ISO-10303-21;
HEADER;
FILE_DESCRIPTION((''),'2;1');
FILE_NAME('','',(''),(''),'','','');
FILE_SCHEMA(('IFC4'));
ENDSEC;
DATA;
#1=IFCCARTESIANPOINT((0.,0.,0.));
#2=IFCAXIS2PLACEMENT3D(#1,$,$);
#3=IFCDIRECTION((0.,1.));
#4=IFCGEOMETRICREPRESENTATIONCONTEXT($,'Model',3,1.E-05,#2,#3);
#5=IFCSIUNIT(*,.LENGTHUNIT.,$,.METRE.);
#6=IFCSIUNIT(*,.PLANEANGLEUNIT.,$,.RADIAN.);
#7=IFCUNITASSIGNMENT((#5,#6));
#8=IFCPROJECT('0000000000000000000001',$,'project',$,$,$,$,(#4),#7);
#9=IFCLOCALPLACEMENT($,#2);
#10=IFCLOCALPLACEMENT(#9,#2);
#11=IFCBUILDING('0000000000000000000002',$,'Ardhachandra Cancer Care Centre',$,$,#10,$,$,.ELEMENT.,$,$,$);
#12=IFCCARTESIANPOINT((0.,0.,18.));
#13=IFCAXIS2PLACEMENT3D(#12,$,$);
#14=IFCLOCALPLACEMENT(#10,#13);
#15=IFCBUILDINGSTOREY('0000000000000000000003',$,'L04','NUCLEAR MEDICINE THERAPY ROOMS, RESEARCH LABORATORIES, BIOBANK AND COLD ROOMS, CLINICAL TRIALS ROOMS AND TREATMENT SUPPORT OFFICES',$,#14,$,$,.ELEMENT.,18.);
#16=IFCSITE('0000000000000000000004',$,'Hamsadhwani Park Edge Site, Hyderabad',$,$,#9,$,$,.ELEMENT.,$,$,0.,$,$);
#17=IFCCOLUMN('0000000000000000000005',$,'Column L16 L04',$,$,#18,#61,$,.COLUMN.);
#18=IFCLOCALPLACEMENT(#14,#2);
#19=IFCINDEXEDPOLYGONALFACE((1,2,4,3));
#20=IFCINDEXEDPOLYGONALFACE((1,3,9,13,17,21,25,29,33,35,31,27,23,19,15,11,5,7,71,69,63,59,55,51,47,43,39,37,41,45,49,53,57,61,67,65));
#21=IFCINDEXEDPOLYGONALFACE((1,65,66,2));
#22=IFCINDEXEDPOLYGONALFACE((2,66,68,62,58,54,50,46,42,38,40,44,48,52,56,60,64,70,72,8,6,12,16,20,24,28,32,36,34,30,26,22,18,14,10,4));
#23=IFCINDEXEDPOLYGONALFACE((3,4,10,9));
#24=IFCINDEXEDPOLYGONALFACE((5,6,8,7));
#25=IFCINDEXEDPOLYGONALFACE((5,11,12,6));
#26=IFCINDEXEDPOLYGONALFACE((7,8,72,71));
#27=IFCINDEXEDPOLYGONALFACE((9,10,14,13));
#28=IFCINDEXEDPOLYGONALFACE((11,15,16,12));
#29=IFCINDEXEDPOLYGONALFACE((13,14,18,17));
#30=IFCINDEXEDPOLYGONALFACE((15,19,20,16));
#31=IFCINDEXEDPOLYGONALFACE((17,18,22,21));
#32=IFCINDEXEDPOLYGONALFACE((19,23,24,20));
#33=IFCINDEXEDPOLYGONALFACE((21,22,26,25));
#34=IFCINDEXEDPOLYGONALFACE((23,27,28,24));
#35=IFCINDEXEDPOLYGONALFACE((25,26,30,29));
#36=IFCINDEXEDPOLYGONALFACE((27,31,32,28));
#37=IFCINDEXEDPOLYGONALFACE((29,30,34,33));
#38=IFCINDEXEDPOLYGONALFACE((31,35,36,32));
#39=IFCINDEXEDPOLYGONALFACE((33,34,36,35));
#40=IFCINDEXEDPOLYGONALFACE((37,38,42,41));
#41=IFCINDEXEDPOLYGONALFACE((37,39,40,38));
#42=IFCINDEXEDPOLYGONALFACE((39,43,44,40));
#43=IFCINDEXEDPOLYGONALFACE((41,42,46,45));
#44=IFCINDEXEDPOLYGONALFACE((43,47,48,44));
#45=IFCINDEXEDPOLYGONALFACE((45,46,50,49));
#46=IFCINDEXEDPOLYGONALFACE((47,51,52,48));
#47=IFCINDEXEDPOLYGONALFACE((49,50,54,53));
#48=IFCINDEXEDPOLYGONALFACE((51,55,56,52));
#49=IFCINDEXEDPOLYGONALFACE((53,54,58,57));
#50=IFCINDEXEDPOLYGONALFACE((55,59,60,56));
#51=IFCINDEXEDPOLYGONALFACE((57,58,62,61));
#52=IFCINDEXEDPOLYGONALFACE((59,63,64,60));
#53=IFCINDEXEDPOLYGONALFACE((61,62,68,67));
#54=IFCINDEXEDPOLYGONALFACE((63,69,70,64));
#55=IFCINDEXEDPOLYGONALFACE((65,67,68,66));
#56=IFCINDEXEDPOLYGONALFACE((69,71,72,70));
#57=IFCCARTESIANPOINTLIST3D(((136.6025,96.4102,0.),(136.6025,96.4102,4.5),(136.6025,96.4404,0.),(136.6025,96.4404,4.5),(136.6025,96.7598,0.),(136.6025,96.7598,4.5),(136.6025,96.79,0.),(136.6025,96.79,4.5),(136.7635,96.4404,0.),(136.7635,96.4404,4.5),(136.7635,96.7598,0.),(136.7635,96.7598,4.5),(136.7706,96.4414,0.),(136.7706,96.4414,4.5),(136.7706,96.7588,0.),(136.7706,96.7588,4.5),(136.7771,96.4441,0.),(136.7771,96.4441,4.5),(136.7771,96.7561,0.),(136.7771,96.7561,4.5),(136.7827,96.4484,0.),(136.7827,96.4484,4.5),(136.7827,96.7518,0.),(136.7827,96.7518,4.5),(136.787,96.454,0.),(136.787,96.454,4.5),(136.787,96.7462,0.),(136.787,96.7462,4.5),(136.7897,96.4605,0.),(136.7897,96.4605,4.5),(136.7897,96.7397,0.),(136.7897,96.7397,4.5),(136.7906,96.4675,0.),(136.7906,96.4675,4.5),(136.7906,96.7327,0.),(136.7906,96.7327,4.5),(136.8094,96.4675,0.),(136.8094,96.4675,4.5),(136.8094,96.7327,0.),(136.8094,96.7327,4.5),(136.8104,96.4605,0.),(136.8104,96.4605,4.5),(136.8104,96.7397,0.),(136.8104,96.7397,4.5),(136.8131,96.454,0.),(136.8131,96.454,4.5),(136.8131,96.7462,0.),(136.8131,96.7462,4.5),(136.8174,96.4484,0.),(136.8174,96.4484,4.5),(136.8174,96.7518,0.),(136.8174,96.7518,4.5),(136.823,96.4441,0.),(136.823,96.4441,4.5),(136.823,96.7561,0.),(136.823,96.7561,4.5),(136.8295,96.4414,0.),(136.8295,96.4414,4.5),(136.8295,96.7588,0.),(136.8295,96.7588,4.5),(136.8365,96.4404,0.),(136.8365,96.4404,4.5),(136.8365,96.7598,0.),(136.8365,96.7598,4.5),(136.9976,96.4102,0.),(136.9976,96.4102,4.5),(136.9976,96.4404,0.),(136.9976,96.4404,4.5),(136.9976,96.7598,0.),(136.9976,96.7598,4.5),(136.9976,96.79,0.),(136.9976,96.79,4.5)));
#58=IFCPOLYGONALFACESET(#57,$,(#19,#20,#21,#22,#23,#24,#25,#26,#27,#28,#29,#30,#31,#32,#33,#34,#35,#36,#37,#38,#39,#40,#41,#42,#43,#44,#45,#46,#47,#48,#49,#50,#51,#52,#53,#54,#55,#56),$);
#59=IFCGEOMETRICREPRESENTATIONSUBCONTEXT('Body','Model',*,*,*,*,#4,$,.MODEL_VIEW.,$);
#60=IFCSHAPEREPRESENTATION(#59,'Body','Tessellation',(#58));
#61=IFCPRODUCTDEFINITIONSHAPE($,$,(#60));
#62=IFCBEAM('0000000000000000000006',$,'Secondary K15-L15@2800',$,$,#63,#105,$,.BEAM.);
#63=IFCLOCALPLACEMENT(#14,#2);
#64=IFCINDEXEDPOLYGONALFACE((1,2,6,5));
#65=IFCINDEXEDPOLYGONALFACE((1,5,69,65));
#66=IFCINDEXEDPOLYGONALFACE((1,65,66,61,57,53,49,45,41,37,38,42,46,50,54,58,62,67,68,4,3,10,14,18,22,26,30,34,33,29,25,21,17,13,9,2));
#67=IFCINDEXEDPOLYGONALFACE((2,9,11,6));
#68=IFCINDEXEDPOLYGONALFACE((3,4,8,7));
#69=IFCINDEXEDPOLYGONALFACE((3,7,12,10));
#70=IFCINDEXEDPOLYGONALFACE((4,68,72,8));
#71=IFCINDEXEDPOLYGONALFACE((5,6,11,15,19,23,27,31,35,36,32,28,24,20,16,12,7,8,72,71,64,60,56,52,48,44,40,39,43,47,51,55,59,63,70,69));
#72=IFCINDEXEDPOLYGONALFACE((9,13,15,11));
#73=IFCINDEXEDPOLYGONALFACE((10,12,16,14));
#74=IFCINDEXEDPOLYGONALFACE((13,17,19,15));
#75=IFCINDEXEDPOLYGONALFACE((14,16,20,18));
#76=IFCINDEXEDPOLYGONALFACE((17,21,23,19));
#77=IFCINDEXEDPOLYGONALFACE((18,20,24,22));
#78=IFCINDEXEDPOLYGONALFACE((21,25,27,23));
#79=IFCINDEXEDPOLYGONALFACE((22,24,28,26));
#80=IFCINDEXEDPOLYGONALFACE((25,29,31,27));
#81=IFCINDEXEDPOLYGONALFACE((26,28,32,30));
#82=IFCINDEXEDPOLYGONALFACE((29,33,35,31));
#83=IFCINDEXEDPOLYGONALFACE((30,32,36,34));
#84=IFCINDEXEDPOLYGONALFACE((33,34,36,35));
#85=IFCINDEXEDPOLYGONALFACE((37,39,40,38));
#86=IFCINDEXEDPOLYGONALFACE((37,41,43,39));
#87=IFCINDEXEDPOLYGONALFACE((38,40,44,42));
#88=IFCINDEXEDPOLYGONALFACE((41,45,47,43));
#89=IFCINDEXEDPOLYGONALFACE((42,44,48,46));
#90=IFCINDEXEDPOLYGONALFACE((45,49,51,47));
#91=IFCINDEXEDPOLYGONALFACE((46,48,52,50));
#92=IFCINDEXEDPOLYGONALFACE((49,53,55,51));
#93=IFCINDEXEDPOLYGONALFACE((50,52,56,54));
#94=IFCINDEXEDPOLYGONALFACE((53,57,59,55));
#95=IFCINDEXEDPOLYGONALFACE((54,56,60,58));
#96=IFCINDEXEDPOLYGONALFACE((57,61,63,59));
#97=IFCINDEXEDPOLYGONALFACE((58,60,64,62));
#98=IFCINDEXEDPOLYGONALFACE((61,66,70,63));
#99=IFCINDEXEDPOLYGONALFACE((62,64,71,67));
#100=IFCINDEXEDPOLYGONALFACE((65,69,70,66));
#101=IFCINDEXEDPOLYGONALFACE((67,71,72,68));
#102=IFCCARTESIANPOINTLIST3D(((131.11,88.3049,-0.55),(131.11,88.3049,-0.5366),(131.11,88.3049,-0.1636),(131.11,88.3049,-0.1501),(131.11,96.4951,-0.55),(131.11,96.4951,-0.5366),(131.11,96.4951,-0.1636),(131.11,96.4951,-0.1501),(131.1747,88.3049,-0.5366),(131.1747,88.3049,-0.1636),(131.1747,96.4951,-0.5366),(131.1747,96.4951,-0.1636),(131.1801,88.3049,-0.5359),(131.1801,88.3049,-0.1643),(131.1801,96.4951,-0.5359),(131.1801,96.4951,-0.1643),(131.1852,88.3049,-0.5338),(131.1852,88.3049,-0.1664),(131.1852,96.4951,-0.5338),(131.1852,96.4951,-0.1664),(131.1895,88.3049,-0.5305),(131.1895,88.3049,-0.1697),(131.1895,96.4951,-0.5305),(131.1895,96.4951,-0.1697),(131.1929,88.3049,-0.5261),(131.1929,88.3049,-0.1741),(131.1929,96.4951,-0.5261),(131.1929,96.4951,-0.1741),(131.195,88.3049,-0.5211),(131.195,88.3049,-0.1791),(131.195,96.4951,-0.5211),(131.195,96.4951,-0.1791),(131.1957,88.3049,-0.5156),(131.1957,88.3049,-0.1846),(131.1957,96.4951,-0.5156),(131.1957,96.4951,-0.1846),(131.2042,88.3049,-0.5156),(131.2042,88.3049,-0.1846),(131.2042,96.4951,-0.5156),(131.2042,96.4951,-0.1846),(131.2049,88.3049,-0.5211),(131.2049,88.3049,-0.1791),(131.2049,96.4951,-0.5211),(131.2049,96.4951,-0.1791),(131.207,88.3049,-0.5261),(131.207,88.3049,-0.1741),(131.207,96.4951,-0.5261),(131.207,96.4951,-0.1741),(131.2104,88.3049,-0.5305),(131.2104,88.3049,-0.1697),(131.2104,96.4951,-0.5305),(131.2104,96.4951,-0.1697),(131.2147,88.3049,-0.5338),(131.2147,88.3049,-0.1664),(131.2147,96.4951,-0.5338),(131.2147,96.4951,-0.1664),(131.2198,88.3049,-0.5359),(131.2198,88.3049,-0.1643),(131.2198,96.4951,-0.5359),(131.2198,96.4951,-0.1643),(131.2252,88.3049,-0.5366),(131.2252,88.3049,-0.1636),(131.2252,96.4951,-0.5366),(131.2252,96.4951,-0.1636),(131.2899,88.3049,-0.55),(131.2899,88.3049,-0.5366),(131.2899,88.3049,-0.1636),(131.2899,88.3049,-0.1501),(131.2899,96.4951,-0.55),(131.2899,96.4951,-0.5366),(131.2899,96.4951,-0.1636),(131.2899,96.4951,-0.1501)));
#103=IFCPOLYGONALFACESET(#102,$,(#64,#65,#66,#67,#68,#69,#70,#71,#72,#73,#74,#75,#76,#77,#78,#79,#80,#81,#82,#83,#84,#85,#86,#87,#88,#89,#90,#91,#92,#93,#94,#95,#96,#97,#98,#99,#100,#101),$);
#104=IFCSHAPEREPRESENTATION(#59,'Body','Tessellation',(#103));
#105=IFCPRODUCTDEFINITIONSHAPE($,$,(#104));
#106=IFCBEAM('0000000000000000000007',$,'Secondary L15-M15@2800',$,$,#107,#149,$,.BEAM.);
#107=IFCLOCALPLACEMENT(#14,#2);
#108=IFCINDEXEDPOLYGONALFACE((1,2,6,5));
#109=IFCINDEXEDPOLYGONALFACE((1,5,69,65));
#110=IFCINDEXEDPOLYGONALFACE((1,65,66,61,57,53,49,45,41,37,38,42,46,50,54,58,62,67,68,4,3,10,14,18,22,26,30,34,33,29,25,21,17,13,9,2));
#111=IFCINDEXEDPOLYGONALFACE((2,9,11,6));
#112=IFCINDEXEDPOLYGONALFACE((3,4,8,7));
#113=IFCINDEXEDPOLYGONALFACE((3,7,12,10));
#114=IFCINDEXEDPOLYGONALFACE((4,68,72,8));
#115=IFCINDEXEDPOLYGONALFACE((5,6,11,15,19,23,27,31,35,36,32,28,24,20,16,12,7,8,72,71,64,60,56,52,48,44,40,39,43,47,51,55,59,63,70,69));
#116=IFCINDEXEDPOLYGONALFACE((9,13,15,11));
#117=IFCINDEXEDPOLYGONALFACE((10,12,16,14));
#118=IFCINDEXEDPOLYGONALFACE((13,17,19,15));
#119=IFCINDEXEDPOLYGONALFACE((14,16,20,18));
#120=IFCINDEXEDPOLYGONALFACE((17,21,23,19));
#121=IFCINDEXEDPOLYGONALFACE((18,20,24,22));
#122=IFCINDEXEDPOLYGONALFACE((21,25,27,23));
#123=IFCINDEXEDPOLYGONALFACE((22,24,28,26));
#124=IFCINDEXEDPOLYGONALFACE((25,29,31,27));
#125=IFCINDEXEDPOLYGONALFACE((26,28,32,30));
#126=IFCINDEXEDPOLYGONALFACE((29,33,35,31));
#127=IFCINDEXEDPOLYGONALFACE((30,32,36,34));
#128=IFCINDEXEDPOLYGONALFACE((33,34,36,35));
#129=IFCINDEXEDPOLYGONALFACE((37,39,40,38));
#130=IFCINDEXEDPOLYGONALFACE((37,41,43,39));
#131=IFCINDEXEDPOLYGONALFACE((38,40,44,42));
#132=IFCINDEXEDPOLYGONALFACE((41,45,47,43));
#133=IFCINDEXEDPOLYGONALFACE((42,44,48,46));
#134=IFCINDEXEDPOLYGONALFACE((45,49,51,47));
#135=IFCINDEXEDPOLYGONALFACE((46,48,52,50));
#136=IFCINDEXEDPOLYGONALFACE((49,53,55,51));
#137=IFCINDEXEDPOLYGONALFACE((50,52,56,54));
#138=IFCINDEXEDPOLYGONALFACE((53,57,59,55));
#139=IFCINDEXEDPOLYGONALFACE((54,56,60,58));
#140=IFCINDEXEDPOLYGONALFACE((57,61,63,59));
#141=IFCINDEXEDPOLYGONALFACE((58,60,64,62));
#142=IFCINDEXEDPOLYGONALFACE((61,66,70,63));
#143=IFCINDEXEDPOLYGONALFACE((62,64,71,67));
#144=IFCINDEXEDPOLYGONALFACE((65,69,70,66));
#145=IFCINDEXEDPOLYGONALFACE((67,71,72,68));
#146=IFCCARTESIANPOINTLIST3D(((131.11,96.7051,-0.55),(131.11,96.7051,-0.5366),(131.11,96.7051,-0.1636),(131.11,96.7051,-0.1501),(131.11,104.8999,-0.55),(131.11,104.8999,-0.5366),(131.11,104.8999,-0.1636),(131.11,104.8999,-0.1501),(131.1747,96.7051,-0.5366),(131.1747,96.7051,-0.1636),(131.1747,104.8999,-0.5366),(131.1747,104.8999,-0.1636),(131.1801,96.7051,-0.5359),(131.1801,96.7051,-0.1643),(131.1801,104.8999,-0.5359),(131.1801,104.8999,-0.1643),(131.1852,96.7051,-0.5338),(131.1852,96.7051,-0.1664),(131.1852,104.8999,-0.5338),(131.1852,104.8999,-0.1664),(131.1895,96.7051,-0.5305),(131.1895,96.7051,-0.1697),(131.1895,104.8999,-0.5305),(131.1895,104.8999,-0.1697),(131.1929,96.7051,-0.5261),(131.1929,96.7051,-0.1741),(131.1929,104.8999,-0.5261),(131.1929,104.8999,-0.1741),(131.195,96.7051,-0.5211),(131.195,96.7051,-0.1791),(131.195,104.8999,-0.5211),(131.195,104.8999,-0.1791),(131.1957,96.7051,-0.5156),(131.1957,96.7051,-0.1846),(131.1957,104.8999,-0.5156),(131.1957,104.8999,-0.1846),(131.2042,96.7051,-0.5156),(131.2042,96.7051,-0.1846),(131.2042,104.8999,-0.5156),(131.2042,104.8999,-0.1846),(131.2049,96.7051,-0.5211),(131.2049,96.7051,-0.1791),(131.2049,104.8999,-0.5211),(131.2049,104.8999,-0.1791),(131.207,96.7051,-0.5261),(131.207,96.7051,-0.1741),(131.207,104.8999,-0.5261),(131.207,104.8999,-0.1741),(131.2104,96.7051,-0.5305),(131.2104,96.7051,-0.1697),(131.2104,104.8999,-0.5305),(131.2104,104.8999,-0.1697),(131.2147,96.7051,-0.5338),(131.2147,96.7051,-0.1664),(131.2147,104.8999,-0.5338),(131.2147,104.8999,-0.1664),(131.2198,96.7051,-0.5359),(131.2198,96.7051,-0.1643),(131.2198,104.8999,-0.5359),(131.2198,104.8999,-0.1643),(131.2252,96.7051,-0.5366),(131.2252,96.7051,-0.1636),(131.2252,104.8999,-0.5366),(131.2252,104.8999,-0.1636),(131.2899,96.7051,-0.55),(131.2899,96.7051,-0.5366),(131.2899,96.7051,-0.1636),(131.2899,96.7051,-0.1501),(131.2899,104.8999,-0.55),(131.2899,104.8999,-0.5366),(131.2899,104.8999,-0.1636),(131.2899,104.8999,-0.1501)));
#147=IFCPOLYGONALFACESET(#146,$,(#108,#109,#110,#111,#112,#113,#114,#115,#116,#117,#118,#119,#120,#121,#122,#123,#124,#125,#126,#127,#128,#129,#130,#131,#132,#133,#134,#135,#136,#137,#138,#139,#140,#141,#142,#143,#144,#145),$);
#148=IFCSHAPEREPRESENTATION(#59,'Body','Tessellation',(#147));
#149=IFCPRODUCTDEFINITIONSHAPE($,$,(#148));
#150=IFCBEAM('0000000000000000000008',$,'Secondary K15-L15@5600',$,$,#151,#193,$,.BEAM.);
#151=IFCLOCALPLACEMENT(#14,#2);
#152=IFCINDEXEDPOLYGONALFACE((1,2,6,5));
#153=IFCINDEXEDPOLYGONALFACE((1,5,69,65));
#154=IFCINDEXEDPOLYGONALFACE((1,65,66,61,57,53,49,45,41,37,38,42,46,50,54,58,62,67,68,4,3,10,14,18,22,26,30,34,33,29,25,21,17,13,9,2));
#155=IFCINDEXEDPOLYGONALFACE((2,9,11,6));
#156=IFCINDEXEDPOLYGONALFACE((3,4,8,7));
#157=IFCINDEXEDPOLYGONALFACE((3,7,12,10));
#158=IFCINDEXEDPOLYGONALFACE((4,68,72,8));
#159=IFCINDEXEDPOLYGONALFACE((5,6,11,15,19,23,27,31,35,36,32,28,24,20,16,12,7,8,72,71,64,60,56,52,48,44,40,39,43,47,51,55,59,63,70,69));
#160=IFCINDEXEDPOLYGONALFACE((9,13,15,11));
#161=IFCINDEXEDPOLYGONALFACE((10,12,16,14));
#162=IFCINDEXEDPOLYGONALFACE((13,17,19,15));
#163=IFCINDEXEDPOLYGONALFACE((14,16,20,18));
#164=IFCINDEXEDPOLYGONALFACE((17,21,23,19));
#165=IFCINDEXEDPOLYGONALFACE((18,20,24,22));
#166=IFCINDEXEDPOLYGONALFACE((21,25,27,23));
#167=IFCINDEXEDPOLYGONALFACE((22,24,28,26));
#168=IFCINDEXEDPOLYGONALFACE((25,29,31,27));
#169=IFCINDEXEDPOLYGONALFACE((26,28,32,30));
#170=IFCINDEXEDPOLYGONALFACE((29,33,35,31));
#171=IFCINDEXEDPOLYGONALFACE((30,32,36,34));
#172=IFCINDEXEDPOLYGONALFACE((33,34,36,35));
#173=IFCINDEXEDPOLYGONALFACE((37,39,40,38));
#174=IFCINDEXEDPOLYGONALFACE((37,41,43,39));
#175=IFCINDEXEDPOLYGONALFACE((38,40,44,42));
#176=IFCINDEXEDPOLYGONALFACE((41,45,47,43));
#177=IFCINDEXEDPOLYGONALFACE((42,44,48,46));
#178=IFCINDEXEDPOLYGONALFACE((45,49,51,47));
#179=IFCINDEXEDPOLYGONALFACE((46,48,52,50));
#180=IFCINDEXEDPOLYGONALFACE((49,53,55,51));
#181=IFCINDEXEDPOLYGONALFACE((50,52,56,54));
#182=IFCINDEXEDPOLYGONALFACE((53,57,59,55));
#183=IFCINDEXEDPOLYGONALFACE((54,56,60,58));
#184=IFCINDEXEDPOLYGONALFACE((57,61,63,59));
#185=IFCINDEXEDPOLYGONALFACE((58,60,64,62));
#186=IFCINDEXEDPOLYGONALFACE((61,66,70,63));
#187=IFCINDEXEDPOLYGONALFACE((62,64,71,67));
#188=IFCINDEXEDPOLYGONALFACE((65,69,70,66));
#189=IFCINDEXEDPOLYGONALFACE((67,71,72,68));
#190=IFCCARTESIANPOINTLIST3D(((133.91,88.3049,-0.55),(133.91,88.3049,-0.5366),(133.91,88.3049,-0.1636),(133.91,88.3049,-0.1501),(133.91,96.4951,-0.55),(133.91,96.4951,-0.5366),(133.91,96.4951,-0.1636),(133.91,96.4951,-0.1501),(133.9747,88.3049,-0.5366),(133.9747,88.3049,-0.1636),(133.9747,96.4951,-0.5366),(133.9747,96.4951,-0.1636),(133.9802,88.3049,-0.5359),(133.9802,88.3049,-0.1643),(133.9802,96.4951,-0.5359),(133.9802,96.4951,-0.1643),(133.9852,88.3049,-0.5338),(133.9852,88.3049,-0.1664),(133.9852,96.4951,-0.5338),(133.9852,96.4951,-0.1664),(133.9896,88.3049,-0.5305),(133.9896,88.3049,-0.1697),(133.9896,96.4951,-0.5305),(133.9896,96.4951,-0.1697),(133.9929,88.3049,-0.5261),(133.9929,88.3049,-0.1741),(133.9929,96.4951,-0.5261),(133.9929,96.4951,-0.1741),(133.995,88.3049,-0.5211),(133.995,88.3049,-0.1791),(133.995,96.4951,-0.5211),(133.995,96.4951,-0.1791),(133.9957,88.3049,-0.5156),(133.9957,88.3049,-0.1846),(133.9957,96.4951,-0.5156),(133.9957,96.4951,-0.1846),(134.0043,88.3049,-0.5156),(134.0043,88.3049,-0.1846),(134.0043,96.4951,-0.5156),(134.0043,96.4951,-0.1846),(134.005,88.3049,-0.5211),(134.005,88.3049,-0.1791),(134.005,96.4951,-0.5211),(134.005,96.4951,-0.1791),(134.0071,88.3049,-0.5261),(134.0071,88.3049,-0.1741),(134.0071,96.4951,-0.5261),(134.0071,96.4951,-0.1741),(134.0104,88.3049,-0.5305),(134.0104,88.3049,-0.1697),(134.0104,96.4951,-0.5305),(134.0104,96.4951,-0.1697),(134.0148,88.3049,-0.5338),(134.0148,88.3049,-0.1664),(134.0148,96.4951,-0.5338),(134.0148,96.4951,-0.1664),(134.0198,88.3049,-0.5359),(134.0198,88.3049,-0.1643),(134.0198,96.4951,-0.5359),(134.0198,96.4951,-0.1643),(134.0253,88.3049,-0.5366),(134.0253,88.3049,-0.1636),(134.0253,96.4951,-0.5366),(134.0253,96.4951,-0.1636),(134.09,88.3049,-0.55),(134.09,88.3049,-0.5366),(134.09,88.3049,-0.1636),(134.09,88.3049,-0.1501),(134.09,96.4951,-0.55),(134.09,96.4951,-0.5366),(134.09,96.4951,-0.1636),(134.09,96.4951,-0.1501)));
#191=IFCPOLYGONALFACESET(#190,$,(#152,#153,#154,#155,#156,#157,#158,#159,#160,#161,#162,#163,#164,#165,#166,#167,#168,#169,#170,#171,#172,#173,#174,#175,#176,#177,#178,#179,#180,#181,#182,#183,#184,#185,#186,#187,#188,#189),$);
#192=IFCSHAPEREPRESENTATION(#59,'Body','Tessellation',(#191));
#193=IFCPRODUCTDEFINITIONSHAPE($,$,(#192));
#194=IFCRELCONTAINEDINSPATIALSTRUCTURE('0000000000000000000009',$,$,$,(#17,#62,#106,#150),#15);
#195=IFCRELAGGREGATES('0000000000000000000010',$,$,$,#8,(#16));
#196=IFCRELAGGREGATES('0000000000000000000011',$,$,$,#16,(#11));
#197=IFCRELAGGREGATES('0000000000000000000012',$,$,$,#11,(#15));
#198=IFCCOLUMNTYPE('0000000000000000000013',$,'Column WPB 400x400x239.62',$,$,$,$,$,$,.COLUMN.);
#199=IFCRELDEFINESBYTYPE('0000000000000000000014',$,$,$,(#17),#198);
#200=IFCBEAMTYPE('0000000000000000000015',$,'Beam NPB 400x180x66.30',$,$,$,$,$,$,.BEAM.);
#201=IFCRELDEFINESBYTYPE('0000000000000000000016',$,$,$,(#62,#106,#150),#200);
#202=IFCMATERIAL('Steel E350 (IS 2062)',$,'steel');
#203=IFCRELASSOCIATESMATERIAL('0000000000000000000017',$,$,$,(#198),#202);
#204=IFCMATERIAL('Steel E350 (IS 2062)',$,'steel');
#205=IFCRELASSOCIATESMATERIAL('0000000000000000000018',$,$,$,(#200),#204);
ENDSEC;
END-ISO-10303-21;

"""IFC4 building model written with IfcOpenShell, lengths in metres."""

from ifc_helpers import new_model, si_unit, direction, frame, origin, origin_2d, place, context, subcontext, project, spatial, i_section, extrude, material, material_profile, profile_set, type_object, element, save


model = new_model("IFC4")

# Units and contexts
model_context = context("Model", 3, precision=1e-05, world=origin(), true_north=direction((0.0, 1.0)))
body_context = subcontext(model_context, "Body", "Model", "MODEL_VIEW")
ifc_project = project(units=[si_unit("LENGTHUNIT", "METRE"), si_unit("PLANEANGLEUNIT", "RADIAN")], contexts=[model_context])

# Site, building, storey
site_placement = place(None, origin())
site = spatial("IfcSite", under=ifc_project, at=site_placement, Name="Hamsadhwani Park Edge Site, Hyderabad", CompositionType="ELEMENT", RefElevation=0.0)
building_placement = place(site_placement, origin())
building = spatial("IfcBuilding", under=site, at=building_placement, Name="Ardhachandra Cancer Care Centre", CompositionType="ELEMENT")
storey_placement = place(building_placement, frame((0.0, 0.0, 18.0)))
storey = spatial("IfcBuildingStorey", under=building, at=storey_placement, Name="L04", Description="NUCLEAR MEDICINE THERAPY ROOMS, RESEARCH LABORATORIES, BIOBANK AND COLD ROOMS, CLINICAL TRIALS ROOMS AND TREATMENT SUPPORT OFFICES", CompositionType="ELEMENT", Elevation=18.0)

# Column
ifc_material_1 = material(Name="Steel E350 (IS 2062)", Category="steel")
ifc_material_profile_1 = material_profile(ifc_material_1, i_section(OverallWidth=0.395, OverallDepth=0.3799, WebThickness=0.0188, FlangeThickness=0.0303, FilletRadius=0.0271, at=origin_2d()), Name="WPB 400x400x239.62")
ifc_profile_set_1 = profile_set([ifc_material_profile_1], Name="Steel E350 (IS 2062)")
column_type = type_object("IfcColumnType", Name="Column WPB 400x400x239.62", PredefinedType="COLUMN", material=ifc_profile_set_1)
column_placement = place(storey_placement, frame((136.8, 96.6001, 0.0), z_axis=(0.0, 0.0, 1.0), x_axis=(1.0, 0.0, 0.0)))
element("IfcColumn", 1, at=column_placement, inside=storey, type_object=column_type, Name="Column L16 L04", PredefinedType="COLUMN", context=body_context, shape_type="SweptSolid", body=[
    extrude(i_section(OverallWidth=0.395, OverallDepth=0.3799, WebThickness=0.0188, FlangeThickness=0.0303, FilletRadius=0.0271, at=origin_2d()), origin(), (0.0, 0.0, 1.0), 4.5),
])

# Beams
ifc_material_2 = material(Name="Steel E350 (IS 2062)", Category="steel")
ifc_material_profile_2 = material_profile(ifc_material_2, i_section(OverallWidth=0.1799, OverallDepth=0.3999, WebThickness=0.0085, FlangeThickness=0.0134, FilletRadius=0.021, at=origin_2d()), Name="NPB 400x180x66.30")
ifc_profile_set_2 = profile_set([ifc_material_profile_2], Name="Steel E350 (IS 2062)")
beam_type_1 = type_object("IfcBeamType", Name="Beam NPB 400x180x66.30", PredefinedType="BEAM", material=ifc_profile_set_2)
beam_1_placement = place(storey_placement, frame((131.2, 88.3049, -0.3501), z_axis=(0.0, 1.0, 0.0), x_axis=(-1.0, 0.0, 0.0)))
element("IfcBeam", 2, at=beam_1_placement, inside=storey, type_object=beam_type_1, Name="Secondary K15-L15@2800", PredefinedType="BEAM", context=body_context, shape_type="SweptSolid", body=[
    extrude(i_section(OverallWidth=0.1799, OverallDepth=0.3999, WebThickness=0.0085, FlangeThickness=0.0134, FilletRadius=0.021, at=origin_2d()), origin(), (0.0, 0.0, 1.0), 8.1902),
])
beam_2_placement = place(storey_placement, frame((131.2, 96.7051, -0.3501), z_axis=(0.0, 1.0, 0.0), x_axis=(-1.0, 0.0, 0.0)))
element("IfcBeam", 3, at=beam_2_placement, inside=storey, type_object=beam_type_1, Name="Secondary L15-M15@2800", PredefinedType="BEAM", context=body_context, shape_type="SweptSolid", body=[
    extrude(i_section(OverallWidth=0.1799, OverallDepth=0.3999, WebThickness=0.0085, FlangeThickness=0.0134, FilletRadius=0.021, at=origin_2d()), origin(), (0.0, 0.0, 1.0), 8.1948),
])
beam_3_placement = place(storey_placement, frame((134.0, 88.3049, -0.3501), z_axis=(0.0, 1.0, 0.0), x_axis=(-1.0, 0.0, 0.0)))
element("IfcBeam", 4, at=beam_3_placement, inside=storey, type_object=beam_type_1, Name="Secondary K15-L15@5600", PredefinedType="BEAM", context=body_context, shape_type="SweptSolid", body=[
    extrude(i_section(OverallWidth=0.1799, OverallDepth=0.3999, WebThickness=0.0085, FlangeThickness=0.0134, FilletRadius=0.021, at=origin_2d()), origin(), (0.0, 0.0, 1.0), 8.1902),
])

save(model, "model.ifc")
